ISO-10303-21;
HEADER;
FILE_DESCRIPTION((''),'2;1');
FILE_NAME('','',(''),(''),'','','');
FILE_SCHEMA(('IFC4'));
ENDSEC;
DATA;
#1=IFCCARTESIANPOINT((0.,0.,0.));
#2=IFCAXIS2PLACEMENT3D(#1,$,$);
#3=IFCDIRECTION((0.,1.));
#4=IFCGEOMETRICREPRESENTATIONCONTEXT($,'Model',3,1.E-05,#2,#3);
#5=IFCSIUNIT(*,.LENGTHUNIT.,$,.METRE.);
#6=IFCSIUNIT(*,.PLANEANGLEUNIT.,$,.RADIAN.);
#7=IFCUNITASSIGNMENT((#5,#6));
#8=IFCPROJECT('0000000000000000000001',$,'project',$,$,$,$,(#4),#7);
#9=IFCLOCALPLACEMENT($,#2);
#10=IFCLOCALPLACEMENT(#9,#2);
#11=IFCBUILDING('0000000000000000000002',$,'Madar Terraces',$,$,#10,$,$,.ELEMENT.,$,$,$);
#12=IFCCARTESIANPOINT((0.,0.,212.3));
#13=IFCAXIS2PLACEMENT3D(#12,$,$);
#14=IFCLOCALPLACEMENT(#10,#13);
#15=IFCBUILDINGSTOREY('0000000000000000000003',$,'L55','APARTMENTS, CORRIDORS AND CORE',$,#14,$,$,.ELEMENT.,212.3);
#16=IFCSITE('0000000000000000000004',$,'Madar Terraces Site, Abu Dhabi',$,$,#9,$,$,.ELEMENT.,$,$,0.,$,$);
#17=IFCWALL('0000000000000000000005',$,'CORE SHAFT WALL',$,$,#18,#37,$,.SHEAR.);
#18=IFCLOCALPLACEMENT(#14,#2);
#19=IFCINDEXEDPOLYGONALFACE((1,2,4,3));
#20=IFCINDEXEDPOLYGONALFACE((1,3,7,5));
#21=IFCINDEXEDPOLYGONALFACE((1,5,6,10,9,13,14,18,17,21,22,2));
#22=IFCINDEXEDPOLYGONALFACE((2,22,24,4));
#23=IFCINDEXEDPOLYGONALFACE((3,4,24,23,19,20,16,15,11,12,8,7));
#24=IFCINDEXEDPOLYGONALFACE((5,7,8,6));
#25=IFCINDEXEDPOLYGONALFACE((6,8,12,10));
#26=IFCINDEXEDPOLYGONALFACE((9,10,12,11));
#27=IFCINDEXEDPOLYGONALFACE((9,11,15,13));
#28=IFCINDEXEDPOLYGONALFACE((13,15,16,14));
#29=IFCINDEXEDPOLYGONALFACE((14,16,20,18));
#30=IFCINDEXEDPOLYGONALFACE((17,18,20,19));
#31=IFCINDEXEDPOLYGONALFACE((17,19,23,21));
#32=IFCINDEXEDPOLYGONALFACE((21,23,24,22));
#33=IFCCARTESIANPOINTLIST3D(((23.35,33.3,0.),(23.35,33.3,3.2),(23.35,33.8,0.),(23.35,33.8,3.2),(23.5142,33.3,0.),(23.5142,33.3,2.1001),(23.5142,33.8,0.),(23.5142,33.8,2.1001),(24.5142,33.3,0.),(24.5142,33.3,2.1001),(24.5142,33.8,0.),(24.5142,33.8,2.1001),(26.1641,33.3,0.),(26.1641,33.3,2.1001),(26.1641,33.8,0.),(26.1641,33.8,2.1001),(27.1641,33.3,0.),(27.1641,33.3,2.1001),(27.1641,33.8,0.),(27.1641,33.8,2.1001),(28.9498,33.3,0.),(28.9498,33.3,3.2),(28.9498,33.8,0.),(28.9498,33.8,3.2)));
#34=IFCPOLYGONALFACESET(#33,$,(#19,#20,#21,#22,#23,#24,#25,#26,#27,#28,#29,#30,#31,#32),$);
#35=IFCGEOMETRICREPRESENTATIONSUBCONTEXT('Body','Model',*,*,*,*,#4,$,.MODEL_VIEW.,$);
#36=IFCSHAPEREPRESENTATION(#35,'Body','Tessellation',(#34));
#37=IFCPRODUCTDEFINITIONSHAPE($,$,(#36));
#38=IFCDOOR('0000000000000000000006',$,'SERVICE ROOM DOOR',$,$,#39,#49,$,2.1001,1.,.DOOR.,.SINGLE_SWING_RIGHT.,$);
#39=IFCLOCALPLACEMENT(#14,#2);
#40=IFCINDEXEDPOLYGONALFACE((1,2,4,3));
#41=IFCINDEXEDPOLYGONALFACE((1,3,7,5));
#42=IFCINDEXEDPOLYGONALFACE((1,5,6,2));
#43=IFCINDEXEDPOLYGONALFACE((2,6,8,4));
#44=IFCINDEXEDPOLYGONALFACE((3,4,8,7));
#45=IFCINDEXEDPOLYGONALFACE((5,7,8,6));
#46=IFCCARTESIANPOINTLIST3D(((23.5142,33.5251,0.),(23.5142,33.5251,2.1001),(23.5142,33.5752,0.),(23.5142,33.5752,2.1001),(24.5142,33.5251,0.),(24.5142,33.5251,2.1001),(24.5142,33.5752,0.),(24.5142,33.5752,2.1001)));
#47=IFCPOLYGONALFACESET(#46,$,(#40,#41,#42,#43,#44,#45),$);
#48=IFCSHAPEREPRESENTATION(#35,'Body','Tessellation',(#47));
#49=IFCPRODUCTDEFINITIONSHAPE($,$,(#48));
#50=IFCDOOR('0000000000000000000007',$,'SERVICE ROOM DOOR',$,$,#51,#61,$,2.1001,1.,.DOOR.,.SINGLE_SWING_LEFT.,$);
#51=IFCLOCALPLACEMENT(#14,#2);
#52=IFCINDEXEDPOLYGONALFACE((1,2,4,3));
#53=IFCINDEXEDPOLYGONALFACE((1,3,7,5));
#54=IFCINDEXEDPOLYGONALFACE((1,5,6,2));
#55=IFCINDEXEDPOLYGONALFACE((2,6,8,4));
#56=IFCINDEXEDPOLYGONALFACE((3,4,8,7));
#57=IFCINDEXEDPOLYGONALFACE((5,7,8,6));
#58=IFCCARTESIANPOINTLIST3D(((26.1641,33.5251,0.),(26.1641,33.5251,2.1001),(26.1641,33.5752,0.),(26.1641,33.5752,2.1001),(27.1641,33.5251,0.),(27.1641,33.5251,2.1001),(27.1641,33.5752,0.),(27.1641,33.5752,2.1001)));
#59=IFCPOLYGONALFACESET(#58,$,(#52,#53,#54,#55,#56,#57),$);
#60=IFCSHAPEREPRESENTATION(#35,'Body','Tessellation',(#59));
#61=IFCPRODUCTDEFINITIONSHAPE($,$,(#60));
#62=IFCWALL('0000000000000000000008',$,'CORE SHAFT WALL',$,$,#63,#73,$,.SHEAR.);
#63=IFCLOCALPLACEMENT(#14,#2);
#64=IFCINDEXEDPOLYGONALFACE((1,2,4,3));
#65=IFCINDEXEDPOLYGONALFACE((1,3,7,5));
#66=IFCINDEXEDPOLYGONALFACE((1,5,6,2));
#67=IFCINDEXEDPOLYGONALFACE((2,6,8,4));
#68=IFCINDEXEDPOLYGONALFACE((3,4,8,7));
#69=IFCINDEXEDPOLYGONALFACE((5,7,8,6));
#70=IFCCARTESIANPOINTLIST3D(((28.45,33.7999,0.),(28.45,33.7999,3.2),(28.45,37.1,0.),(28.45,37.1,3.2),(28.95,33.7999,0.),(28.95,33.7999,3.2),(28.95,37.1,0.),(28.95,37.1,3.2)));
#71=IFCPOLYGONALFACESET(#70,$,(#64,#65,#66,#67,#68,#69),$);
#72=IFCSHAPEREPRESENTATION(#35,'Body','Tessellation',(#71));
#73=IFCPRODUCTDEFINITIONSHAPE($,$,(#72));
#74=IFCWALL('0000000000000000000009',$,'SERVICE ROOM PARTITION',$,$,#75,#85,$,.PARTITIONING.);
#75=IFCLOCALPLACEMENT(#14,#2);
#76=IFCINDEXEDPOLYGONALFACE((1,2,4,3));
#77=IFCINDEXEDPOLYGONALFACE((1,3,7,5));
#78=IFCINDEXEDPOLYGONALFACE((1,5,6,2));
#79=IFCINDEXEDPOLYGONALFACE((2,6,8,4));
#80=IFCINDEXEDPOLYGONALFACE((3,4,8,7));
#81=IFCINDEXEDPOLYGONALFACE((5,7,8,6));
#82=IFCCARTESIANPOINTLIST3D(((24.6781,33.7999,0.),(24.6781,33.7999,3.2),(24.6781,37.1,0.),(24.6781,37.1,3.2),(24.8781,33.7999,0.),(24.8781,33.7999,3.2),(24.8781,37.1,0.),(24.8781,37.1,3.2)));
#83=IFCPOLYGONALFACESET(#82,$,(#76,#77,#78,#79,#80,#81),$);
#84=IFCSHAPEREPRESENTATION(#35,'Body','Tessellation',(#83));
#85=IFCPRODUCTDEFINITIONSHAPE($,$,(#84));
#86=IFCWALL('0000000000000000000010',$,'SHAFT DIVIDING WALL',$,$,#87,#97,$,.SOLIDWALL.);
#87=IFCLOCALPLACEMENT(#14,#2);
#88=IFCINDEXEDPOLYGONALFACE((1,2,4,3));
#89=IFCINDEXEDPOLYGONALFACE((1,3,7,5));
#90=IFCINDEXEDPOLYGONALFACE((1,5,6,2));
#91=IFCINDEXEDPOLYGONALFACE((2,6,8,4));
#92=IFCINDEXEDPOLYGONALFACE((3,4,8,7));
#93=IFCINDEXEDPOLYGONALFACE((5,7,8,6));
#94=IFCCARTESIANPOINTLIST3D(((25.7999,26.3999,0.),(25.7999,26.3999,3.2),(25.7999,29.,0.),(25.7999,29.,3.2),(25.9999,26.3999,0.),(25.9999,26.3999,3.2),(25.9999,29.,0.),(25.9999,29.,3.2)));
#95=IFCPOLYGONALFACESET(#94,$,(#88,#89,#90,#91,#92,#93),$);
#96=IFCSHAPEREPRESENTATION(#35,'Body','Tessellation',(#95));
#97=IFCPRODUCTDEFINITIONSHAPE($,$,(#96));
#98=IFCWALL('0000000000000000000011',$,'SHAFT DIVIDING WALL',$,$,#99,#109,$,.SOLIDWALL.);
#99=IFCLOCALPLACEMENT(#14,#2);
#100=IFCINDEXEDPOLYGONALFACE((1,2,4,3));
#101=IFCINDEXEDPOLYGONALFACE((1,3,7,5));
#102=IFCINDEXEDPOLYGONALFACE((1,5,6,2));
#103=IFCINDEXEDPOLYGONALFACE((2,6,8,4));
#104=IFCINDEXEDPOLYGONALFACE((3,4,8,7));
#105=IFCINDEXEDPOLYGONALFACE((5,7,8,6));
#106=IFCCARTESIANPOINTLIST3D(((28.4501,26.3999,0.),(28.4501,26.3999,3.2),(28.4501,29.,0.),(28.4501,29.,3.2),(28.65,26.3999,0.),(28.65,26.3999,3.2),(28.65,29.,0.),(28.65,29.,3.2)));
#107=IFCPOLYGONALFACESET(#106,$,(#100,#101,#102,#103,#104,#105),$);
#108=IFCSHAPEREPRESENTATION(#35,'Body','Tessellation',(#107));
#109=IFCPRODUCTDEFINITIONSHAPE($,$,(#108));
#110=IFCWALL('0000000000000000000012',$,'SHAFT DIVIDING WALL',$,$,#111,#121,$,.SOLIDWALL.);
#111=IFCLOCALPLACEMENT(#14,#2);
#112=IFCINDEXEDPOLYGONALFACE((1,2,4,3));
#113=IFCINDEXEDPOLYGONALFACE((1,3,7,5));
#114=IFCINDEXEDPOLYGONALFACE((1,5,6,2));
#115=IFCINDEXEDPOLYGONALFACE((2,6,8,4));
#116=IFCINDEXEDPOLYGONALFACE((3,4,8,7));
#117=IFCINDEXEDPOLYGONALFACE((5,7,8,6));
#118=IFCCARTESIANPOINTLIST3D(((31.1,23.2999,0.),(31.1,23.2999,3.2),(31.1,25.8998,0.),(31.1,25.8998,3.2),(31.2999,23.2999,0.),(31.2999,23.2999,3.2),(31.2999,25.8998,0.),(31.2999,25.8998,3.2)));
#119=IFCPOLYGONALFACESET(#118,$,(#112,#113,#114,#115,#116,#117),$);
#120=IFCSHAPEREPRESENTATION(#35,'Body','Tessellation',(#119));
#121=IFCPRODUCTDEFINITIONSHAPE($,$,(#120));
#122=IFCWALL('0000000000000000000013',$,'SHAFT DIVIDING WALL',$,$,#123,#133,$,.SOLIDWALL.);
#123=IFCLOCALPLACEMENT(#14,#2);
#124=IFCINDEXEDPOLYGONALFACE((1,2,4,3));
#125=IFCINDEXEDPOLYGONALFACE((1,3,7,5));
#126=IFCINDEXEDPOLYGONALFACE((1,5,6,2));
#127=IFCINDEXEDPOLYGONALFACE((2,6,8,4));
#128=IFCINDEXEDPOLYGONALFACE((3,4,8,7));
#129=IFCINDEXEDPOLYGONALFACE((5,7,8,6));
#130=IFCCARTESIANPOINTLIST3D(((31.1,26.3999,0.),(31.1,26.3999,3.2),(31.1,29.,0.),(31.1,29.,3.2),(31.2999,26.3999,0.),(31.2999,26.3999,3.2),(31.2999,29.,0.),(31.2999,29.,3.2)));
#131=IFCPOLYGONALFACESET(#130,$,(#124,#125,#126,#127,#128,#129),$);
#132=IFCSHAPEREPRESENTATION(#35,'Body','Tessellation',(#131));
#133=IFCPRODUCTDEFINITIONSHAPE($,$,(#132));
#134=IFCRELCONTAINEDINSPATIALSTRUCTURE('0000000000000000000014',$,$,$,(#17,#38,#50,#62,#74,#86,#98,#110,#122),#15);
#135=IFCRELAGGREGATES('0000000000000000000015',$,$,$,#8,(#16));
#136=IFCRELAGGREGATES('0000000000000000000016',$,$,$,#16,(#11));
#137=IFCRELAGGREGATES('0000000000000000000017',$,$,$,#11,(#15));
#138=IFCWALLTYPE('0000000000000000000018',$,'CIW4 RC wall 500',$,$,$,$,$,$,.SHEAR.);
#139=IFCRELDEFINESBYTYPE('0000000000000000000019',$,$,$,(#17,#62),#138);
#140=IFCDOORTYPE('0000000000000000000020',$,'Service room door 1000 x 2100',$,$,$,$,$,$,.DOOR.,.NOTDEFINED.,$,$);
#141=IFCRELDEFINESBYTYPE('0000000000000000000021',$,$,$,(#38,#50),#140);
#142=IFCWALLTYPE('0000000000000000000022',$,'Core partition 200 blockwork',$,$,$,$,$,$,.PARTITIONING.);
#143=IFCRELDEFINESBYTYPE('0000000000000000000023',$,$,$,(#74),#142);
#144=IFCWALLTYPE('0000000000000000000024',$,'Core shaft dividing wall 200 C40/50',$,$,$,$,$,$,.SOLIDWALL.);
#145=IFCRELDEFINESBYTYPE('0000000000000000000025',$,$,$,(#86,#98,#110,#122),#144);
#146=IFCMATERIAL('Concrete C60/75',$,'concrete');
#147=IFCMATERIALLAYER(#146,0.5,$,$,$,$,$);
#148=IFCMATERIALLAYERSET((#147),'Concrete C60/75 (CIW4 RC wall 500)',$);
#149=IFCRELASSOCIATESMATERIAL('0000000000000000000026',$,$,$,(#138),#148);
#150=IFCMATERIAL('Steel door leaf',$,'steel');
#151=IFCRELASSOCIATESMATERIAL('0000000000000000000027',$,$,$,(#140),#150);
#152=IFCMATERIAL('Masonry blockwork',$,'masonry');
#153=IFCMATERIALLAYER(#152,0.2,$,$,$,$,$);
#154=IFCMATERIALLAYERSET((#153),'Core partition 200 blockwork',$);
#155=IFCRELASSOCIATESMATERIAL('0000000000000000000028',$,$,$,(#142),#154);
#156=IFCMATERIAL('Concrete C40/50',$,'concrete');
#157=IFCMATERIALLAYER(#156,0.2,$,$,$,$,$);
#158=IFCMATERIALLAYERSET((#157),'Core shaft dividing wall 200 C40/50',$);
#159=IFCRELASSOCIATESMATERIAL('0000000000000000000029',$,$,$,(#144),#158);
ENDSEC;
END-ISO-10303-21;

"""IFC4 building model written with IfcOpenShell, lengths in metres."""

from ifc_helpers import new_model, si_unit, direction, frame, frame_2d, origin, place, context, subcontext, project, spatial, rectangle, extrude, material, layer, layer_set, type_object, element, fill, save


model = new_model("IFC4")

# Units and contexts
model_context = context("Model", 3, precision=1e-05, world=origin(), true_north=direction((0.0, 1.0)))
body_context = subcontext(model_context, "Body", "Model", "MODEL_VIEW")
ifc_project = project(units=[si_unit("LENGTHUNIT", "METRE"), si_unit("PLANEANGLEUNIT", "RADIAN")], contexts=[model_context])

# Site, building, storey
site_placement = place(None, origin())
site = spatial("IfcSite", under=ifc_project, at=site_placement, Name="Madar Terraces Site, Abu Dhabi", CompositionType="ELEMENT", RefElevation=0.0)
building_placement = place(site_placement, origin())
building = spatial("IfcBuilding", under=site, at=building_placement, Name="Madar Terraces", CompositionType="ELEMENT")
storey_placement = place(building_placement, frame((0.0, 0.0, 212.3)))
storey = spatial("IfcBuildingStorey", under=building, at=storey_placement, Name="L55", Description="APARTMENTS, CORRIDORS AND CORE", CompositionType="ELEMENT", Elevation=212.3)

# Shared definitions
ifc_material_1 = material(Name="Concrete C60/75", Category="concrete")
ifc_layer_1 = layer(ifc_material_1, 0.5)
ifc_layer_set_1 = layer_set([ifc_layer_1], Name="Concrete C60/75 (CIW4 RC wall 500)")
wall_type_1 = type_object("IfcWallType", Name="CIW4 RC wall 500", PredefinedType="SHEAR", material=ifc_layer_set_1)

# Wall, openings, doors
wall_1_placement = place(storey_placement, frame((23.3501, 33.55, 0.0), z_axis=(0.0, 0.0, 1.0), x_axis=(1.0, 0.0, 0.0)))
wall_1 = element("IfcWall", 1, at=wall_1_placement, inside=storey, type_object=wall_type_1, Name="CORE SHAFT WALL", PredefinedType="SHEAR", context=body_context, shape_type="SweptSolid", body=[
    extrude(rectangle(XDim=5.5999, YDim=0.5, at=frame_2d((2.7998, 0.0))), origin(), (0.0, 0.0, 1.0), 3.2),
])
opening_1_placement = place(wall_1_placement, frame((0.1641, 0.0, 0.0)))
opening_1 = element("IfcOpeningElement", 2, at=opening_1_placement, cuts=wall_1, PredefinedType="OPENING", context=body_context, shape_type="SweptSolid", body=[
    extrude(rectangle(XDim=1.0, YDim=2.1001, at=frame_2d((0.5, 1.05))), frame((0.0, 0.26, 0.0), z_axis=(0.0, -1.0, 0.0), x_axis=(1.0, 0.0, 0.0)), (0.0, 0.0, 1.0), 0.52),
])
opening_2_placement = place(wall_1_placement, frame((2.814, 0.0, 0.0)))
opening_2 = element("IfcOpeningElement", 3, at=opening_2_placement, cuts=wall_1, PredefinedType="OPENING", context=body_context, shape_type="SweptSolid", body=[
    extrude(rectangle(XDim=1.0, YDim=2.1001, at=frame_2d((0.5, 1.05))), frame((0.0, 0.26, 0.0), z_axis=(0.0, -1.0, 0.0), x_axis=(1.0, 0.0, 0.0)), (0.0, 0.0, 1.0), 0.52),
])
ifc_material_2 = material(Name="Steel door leaf", Category="steel")
door_type_1 = type_object("IfcDoorType", Name="Service room door 1000 x 2100", OperationType="NOTDEFINED", PredefinedType="DOOR", material=ifc_material_2)
door_1_placement = place(opening_1_placement, frame((1.0, 0.0, 0.0), z_axis=(0.0, 0.0, 1.0), x_axis=(-1.0, 0.0, 0.0)))
door_1 = element("IfcDoor", 4, at=door_1_placement, inside=storey, type_object=door_type_1, Name="SERVICE ROOM DOOR", OperationType="SINGLE_SWING_RIGHT", OverallHeight=2.1001, OverallWidth=1.0, PredefinedType="DOOR", context=body_context, shape_type="SweptSolid", body=[
    extrude(rectangle(XDim=1.0, YDim=2.1001, at=frame_2d((0.5, 1.05))), frame((0.0, 0.0249, 0.0), z_axis=(0.0, -1.0, 0.0), x_axis=(1.0, 0.0, 0.0)), (0.0, 0.0, 1.0), 0.05),
])
fill(opening_1, door_1)
door_2_placement = place(opening_2_placement, frame((1.0, 0.0, 0.0), z_axis=(0.0, 0.0, 1.0), x_axis=(-1.0, 0.0, 0.0)))
door_2 = element("IfcDoor", 5, at=door_2_placement, inside=storey, type_object=door_type_1, Name="SERVICE ROOM DOOR", OperationType="SINGLE_SWING_LEFT", OverallHeight=2.1001, OverallWidth=1.0, PredefinedType="DOOR", context=body_context, shape_type="SweptSolid", body=[
    extrude(rectangle(XDim=1.0, YDim=2.1001, at=frame_2d((0.5, 1.05))), frame((0.0, 0.0249, 0.0), z_axis=(0.0, -1.0, 0.0), x_axis=(1.0, 0.0, 0.0)), (0.0, 0.0, 1.0), 0.05),
])
fill(opening_2, door_2)

# Walls
wall_2_placement = place(storey_placement, frame((28.7, 33.8, 0.0), z_axis=(0.0, 0.0, 1.0), x_axis=(0.0, 1.0, 0.0)))
element("IfcWall", 6, at=wall_2_placement, inside=storey, type_object=wall_type_1, Name="CORE SHAFT WALL", PredefinedType="SHEAR", context=body_context, shape_type="SweptSolid", body=[
    extrude(rectangle(XDim=3.3, YDim=0.5, at=frame_2d((1.6499, 0.0))), origin(), (0.0, 0.0, 1.0), 3.2),
])
ifc_material_3 = material(Name="Masonry blockwork", Category="masonry")
ifc_layer_2 = layer(ifc_material_3, 0.2)
ifc_layer_set_2 = layer_set([ifc_layer_2], Name="Core partition 200 blockwork")
wall_type_2 = type_object("IfcWallType", Name="Core partition 200 blockwork", PredefinedType="PARTITIONING", material=ifc_layer_set_2)
wall_3_placement = place(storey_placement, frame((24.7781, 33.8, 0.0), z_axis=(0.0, 0.0, 1.0), x_axis=(0.0, 1.0, 0.0)))
element("IfcWall", 7, at=wall_3_placement, inside=storey, type_object=wall_type_2, Name="SERVICE ROOM PARTITION", PredefinedType="PARTITIONING", context=body_context, shape_type="SweptSolid", body=[
    extrude(rectangle(XDim=3.3, YDim=0.2, at=frame_2d((1.6499, 0.0))), origin(), (0.0, 0.0, 1.0), 3.2),
])
ifc_material_4 = material(Name="Concrete C40/50", Category="concrete")
ifc_layer_3 = layer(ifc_material_4, 0.2)
ifc_layer_set_3 = layer_set([ifc_layer_3], Name="Core shaft dividing wall 200 C40/50")
wall_type_3 = type_object("IfcWallType", Name="Core shaft dividing wall 200 C40/50", PredefinedType="SOLIDWALL", material=ifc_layer_set_3)
for number, where, z_axis, x_axis, name in (
    (8, (25.8999, 26.3999, 0.0), (0.0, 0.0, 1.0), (0.0, 1.0, 0.0), "SHAFT DIVIDING WALL"),
    (9, (28.55, 26.3999, 0.0), (0.0, 0.0, 1.0), (0.0, 1.0, 0.0), "SHAFT DIVIDING WALL"),
):
    element("IfcWall", number, at=place(storey_placement, frame(where, z_axis=z_axis, x_axis=x_axis)), inside=storey, type_object=wall_type_3, Name=name, PredefinedType="SOLIDWALL", context=body_context, shape_type="SweptSolid", body=[
        extrude(rectangle(XDim=2.6001, YDim=0.2, at=frame_2d((1.3, 0.0))), origin(), (0.0, 0.0, 1.0), 3.2),
    ])
wall_4_placement = place(storey_placement, frame((31.2, 23.3, 0.0), z_axis=(0.0, 0.0, 1.0), x_axis=(0.0, 1.0, 0.0)))
element("IfcWall", 10, at=wall_4_placement, inside=storey, type_object=wall_type_3, Name="SHAFT DIVIDING WALL", PredefinedType="SOLIDWALL", context=body_context, shape_type="SweptSolid", body=[
    extrude(rectangle(XDim=2.5999, YDim=0.2, at=frame_2d((1.2998, 0.0))), origin(), (0.0, 0.0, 1.0), 3.2),
])
wall_5_placement = place(storey_placement, frame((31.2, 26.3999, 0.0), z_axis=(0.0, 0.0, 1.0), x_axis=(0.0, 1.0, 0.0)))
element("IfcWall", 11, at=wall_5_placement, inside=storey, type_object=wall_type_3, Name="SHAFT DIVIDING WALL", PredefinedType="SOLIDWALL", context=body_context, shape_type="SweptSolid", body=[
    extrude(rectangle(XDim=2.6001, YDim=0.2, at=frame_2d((1.3, 0.0))), origin(), (0.0, 0.0, 1.0), 3.2),
])

save(model, "model.ifc")
